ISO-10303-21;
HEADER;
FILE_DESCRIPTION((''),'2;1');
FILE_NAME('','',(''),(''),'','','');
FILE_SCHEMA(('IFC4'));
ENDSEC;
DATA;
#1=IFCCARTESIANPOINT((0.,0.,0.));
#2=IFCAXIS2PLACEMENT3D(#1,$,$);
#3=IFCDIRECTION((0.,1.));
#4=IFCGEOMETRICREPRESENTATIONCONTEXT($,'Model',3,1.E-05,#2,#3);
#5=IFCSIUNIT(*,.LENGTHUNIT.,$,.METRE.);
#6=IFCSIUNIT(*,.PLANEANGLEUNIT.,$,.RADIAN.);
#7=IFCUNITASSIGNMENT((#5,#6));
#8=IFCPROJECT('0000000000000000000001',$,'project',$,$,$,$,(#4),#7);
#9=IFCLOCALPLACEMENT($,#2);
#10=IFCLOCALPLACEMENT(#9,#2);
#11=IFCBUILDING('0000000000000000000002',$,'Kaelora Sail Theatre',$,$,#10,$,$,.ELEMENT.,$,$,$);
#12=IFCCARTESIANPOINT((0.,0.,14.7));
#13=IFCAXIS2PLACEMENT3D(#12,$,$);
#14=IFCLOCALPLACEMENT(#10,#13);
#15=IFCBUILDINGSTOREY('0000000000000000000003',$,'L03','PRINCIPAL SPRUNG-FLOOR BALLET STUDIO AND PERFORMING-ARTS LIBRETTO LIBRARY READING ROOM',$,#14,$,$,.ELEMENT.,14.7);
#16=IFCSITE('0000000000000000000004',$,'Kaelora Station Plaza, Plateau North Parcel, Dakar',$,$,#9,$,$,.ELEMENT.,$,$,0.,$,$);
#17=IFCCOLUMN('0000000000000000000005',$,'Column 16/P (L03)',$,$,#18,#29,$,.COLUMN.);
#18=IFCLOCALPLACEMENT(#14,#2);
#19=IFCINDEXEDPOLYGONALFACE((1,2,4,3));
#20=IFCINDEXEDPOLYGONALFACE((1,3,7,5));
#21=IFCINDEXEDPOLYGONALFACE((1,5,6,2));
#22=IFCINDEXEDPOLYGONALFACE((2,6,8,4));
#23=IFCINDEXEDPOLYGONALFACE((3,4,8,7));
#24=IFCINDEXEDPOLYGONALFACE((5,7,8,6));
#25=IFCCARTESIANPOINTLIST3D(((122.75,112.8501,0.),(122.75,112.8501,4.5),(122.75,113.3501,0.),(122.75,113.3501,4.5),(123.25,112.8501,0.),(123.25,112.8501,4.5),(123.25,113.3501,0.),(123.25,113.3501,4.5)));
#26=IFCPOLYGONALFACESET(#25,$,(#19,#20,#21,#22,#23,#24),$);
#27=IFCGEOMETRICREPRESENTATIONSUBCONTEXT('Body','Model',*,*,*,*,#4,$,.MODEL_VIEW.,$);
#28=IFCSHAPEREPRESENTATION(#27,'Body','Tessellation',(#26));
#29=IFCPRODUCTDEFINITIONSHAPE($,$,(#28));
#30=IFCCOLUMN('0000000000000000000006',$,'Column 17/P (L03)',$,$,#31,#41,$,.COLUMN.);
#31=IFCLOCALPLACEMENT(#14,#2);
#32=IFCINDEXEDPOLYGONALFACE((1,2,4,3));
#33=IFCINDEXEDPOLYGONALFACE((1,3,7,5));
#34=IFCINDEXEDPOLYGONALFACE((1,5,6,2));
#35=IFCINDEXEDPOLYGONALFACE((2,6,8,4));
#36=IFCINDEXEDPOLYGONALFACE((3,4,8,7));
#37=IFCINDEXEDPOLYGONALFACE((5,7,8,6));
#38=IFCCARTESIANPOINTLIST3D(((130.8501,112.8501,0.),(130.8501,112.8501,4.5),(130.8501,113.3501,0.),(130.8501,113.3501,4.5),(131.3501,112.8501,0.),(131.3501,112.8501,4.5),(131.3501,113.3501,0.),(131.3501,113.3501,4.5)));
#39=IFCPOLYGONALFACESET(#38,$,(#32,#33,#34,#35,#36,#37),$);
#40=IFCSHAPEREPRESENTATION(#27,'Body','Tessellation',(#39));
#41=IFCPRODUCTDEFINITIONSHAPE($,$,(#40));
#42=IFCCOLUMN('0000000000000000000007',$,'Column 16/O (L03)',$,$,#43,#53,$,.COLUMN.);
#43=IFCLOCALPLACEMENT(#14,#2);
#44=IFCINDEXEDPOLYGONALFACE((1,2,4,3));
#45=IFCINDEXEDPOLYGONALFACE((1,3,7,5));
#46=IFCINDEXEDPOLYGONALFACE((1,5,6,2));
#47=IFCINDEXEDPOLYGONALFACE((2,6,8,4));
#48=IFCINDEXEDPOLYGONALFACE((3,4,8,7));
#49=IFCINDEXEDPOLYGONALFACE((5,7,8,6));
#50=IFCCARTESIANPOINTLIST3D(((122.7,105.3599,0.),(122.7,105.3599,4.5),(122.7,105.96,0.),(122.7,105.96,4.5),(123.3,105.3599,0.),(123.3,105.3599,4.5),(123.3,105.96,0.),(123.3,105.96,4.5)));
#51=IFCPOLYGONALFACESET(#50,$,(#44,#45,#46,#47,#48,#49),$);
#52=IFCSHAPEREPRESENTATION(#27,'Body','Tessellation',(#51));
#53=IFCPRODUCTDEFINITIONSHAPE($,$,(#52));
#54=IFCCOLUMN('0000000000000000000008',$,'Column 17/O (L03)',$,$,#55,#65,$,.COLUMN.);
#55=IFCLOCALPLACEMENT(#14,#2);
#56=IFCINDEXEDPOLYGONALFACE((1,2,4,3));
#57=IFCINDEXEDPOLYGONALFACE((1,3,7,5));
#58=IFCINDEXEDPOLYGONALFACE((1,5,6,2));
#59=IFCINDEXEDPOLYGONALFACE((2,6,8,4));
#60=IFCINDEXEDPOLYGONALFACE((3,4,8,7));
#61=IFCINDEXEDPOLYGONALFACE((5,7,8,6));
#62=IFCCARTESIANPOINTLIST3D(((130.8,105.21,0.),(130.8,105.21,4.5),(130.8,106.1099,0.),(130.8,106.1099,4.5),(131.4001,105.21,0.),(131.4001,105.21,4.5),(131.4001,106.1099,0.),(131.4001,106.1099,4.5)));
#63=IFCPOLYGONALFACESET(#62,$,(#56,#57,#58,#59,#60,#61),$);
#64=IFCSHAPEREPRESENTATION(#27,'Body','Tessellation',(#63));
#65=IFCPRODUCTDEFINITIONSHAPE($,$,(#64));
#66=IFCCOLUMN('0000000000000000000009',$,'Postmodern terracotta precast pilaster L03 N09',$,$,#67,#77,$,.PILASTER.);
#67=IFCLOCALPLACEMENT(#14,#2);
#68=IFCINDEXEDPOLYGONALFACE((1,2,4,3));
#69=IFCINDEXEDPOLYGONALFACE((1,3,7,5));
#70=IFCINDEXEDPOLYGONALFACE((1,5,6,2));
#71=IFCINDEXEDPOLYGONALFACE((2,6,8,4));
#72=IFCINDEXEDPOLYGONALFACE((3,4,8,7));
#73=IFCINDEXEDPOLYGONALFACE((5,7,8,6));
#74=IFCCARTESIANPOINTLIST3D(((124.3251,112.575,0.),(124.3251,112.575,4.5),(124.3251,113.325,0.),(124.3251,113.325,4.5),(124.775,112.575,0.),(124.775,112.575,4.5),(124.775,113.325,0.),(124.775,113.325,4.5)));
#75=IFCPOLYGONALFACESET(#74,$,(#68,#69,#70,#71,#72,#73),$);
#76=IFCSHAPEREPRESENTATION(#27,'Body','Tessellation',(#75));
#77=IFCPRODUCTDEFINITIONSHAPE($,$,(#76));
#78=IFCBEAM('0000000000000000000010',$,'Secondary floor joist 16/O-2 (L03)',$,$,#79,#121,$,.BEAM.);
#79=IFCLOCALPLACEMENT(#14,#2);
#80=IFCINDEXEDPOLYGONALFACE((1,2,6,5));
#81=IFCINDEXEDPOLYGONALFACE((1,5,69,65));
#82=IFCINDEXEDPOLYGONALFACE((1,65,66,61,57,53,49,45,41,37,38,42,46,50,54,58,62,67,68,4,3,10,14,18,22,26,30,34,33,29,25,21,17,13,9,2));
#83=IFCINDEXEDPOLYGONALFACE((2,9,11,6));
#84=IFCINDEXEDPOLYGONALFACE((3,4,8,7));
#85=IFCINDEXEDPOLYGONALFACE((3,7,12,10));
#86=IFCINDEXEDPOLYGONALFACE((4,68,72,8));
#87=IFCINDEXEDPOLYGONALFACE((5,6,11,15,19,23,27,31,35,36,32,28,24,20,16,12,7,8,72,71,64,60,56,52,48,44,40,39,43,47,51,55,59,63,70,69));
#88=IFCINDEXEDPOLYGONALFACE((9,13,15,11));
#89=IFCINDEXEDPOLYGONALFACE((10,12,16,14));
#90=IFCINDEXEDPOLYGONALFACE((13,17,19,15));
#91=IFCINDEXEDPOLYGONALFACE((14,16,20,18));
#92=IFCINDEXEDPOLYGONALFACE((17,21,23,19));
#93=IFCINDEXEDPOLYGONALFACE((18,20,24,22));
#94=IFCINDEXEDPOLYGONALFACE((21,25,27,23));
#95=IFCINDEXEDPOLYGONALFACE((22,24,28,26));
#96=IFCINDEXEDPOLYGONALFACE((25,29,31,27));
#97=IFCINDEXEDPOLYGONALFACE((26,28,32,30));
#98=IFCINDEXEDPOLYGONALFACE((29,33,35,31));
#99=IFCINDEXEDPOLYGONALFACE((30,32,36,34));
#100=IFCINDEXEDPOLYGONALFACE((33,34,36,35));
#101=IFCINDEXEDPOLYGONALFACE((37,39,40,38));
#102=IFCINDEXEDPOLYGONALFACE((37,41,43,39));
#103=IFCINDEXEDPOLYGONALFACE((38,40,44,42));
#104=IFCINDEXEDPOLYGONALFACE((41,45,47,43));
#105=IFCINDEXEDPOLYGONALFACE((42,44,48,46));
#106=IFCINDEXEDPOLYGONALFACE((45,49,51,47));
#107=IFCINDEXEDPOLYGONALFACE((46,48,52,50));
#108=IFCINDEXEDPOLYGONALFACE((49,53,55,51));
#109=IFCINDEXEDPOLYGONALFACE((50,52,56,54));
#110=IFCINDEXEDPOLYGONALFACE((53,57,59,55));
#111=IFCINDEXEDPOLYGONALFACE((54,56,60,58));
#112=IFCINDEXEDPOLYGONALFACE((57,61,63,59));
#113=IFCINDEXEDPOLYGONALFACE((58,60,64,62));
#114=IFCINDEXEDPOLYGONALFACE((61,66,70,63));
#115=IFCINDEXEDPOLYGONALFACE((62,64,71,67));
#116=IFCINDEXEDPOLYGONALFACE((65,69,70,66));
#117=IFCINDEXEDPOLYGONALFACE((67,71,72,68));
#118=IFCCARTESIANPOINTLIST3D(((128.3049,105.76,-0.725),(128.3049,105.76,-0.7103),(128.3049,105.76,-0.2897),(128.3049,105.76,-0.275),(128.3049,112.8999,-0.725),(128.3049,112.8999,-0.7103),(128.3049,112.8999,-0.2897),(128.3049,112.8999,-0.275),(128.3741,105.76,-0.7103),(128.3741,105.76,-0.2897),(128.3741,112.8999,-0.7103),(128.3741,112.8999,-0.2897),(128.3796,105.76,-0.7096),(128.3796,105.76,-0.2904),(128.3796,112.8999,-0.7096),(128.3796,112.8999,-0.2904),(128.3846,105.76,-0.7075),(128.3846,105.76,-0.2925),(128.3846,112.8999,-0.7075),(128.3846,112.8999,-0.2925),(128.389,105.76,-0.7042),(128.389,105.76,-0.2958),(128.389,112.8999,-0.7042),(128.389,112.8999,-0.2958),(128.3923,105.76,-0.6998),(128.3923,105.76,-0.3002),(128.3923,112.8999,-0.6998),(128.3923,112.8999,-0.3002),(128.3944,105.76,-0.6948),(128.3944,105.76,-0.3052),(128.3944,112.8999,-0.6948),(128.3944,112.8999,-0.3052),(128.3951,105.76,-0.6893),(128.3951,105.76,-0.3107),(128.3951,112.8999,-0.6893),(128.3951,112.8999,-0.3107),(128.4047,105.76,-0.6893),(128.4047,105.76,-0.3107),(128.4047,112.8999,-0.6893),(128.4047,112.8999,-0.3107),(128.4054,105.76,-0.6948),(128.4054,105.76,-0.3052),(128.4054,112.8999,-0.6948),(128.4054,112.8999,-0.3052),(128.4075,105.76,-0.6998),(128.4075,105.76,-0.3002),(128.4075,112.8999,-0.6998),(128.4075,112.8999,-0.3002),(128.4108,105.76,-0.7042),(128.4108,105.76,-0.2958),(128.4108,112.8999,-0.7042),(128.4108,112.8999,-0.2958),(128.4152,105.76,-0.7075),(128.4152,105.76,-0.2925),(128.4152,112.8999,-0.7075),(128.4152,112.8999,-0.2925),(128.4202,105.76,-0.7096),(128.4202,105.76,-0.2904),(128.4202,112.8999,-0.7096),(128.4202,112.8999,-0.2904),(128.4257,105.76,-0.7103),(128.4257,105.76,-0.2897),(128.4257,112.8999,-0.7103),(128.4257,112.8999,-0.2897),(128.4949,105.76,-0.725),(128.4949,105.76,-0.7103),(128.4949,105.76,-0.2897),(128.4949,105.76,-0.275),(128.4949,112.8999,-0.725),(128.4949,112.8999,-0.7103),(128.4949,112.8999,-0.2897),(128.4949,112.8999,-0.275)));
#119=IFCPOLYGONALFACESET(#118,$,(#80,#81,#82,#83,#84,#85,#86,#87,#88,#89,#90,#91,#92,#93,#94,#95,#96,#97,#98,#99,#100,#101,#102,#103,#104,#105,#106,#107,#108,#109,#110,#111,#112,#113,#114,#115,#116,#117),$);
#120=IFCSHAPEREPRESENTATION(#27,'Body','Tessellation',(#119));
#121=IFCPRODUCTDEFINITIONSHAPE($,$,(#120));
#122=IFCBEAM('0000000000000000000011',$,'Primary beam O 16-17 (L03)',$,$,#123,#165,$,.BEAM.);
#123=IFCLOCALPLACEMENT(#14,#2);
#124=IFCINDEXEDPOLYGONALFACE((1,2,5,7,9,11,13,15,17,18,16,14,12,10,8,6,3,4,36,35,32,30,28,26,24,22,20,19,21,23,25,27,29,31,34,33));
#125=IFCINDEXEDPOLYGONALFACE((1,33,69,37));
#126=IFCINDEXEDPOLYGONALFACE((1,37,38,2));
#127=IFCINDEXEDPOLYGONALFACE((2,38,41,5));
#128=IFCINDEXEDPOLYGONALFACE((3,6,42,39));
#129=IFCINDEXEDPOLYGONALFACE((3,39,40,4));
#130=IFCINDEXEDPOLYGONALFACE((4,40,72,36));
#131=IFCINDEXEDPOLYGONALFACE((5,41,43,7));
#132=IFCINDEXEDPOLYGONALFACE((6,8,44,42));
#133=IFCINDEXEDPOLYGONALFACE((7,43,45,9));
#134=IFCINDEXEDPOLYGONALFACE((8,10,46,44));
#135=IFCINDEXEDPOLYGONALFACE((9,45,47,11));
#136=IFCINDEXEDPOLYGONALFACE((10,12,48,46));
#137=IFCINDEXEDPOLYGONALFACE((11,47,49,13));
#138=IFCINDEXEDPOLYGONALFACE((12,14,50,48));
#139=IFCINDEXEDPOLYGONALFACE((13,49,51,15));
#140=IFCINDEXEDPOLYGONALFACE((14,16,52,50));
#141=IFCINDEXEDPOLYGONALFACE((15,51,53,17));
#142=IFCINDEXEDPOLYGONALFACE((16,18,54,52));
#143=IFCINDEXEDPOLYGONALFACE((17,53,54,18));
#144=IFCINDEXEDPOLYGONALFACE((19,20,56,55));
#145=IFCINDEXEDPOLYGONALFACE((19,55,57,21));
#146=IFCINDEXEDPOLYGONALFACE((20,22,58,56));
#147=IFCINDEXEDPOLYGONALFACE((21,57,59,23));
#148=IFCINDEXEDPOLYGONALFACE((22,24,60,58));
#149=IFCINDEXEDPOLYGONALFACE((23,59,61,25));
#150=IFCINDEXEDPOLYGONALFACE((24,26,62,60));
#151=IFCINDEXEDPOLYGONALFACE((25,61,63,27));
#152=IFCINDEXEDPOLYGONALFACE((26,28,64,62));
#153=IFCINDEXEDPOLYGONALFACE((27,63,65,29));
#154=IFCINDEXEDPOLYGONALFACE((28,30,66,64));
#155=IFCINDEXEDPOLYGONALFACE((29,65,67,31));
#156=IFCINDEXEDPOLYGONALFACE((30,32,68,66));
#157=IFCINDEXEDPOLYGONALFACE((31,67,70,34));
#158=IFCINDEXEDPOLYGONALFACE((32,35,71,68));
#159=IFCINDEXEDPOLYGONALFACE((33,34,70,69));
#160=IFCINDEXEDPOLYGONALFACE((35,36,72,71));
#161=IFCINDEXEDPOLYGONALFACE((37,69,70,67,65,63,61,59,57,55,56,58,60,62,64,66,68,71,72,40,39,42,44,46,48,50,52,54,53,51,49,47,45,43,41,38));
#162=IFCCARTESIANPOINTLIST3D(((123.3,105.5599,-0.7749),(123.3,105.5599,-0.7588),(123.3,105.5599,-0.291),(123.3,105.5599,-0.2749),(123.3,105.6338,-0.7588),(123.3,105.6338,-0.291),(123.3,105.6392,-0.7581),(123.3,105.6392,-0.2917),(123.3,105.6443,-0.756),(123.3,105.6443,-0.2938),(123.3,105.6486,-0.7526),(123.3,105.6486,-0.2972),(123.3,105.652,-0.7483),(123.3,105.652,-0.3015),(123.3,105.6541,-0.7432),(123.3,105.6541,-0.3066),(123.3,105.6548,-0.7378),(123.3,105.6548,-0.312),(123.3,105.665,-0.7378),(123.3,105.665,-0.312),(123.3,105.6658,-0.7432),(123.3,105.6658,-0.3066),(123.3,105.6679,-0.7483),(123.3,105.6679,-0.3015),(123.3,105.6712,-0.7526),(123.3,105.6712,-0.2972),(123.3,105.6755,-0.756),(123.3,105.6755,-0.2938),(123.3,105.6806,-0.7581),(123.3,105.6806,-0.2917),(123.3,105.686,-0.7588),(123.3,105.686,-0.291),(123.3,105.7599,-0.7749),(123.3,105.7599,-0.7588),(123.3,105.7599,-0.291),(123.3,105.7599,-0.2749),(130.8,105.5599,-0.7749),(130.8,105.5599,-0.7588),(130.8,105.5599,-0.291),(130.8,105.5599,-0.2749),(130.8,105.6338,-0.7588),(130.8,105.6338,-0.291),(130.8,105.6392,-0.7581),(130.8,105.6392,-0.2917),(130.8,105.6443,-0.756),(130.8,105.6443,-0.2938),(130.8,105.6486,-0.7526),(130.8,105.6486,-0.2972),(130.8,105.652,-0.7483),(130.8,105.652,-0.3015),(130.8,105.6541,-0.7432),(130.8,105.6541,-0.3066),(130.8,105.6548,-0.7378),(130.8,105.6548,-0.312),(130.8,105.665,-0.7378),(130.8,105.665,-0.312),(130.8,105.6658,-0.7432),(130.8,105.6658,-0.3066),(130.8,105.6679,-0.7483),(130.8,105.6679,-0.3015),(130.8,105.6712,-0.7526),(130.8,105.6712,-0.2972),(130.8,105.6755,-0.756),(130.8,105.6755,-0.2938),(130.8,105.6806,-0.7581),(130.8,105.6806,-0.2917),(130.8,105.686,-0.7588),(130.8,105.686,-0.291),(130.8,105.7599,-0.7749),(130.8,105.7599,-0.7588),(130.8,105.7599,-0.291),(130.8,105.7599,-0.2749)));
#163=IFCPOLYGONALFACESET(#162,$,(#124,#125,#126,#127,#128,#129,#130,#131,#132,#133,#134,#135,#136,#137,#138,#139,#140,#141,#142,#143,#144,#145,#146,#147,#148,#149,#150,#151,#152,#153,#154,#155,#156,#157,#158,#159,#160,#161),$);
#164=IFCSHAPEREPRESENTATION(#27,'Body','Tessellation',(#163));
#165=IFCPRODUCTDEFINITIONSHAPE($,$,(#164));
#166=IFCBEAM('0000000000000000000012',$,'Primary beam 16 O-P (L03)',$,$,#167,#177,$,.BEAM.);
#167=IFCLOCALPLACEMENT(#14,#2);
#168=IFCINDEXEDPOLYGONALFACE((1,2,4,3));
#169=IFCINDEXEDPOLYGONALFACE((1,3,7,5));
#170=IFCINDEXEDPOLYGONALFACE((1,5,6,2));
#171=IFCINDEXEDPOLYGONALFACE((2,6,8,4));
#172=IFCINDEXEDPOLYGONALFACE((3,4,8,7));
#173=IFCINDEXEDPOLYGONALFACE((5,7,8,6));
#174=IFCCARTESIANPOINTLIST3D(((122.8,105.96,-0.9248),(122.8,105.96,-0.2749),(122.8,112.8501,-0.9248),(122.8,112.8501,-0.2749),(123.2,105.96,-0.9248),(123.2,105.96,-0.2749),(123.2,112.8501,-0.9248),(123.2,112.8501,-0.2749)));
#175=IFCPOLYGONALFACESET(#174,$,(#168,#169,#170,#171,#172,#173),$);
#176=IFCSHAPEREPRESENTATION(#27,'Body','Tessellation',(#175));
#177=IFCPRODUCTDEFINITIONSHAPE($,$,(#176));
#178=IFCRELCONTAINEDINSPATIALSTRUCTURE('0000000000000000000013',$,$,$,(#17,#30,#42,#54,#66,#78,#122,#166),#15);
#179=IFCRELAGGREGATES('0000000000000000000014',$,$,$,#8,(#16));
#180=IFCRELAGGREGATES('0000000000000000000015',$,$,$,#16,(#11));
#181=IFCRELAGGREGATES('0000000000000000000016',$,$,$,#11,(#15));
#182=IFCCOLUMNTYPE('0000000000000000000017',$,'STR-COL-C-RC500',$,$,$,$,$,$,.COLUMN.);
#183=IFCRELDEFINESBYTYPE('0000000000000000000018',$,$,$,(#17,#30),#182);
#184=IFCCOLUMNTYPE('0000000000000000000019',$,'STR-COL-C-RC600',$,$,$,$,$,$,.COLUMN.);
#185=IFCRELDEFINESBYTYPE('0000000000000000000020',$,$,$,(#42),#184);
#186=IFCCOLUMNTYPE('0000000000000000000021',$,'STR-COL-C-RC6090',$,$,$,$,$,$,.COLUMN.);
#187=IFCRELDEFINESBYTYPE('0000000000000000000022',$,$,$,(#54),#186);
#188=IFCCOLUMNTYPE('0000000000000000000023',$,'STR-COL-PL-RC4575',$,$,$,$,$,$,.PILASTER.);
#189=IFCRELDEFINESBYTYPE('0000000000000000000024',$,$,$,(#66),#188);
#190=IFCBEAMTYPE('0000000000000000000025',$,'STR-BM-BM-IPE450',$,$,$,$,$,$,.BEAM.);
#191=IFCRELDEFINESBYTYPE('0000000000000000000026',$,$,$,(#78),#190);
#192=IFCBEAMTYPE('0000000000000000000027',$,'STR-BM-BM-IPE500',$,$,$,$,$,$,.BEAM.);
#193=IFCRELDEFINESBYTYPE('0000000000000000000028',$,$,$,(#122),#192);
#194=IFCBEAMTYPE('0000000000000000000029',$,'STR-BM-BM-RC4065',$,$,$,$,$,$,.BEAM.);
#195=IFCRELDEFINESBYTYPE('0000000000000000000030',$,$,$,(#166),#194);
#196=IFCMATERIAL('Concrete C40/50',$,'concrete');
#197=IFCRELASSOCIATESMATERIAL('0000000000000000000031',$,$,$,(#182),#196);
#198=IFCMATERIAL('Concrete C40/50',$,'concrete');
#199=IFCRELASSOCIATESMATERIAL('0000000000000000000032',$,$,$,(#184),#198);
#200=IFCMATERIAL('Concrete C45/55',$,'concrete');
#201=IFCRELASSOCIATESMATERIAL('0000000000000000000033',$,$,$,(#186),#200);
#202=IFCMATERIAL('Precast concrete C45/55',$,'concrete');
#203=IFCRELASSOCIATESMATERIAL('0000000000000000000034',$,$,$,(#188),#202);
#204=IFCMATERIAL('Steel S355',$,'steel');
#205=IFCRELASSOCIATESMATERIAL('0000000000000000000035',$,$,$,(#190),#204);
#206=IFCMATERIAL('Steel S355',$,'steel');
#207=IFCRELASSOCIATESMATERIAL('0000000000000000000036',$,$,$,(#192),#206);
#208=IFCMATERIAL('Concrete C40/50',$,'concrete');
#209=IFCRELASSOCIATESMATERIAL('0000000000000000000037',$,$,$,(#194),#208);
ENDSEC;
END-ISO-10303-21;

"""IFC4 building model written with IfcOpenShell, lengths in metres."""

from ifc_helpers import new_model, si_unit, direction, frame, origin, origin_2d, place, context, subcontext, project, spatial, rectangle, i_section, extrude, material, material_profile, profile_set, type_object, element, save


model = new_model("IFC4")

# Units and contexts
model_context = context("Model", 3, precision=1e-05, world=origin(), true_north=direction((0.0, 1.0)))
body_context = subcontext(model_context, "Body", "Model", "MODEL_VIEW")
ifc_project = project(units=[si_unit("LENGTHUNIT", "METRE"), si_unit("PLANEANGLEUNIT", "RADIAN")], contexts=[model_context])

# Site, building, storey
site_placement = place(None, origin())
site = spatial("IfcSite", under=ifc_project, at=site_placement, Name="Kaelora Station Plaza, Plateau North Parcel, Dakar", CompositionType="ELEMENT", RefElevation=0.0)
building_placement = place(site_placement, origin())
building = spatial("IfcBuilding", under=site, at=building_placement, Name="Kaelora Sail Theatre", CompositionType="ELEMENT")
storey_placement = place(building_placement, frame((0.0, 0.0, 14.7)))
storey = spatial("IfcBuildingStorey", under=building, at=storey_placement, Name="L03", Description="PRINCIPAL SPRUNG-FLOOR BALLET STUDIO AND PERFORMING-ARTS LIBRETTO LIBRARY READING ROOM", CompositionType="ELEMENT", Elevation=14.7)

# Columns
ifc_material_1 = material(Name="Concrete C40/50", Category="concrete")
ifc_material_profile_1 = material_profile(ifc_material_1, rectangle(XDim=0.5, YDim=0.5, at=origin_2d()), Name="RC-COL 500x500")
ifc_profile_set_1 = profile_set([ifc_material_profile_1], Name="Concrete C40/50")
column_type_1 = type_object("IfcColumnType", Name="STR-COL-C-RC500", PredefinedType="COLUMN", material=ifc_profile_set_1)
for number, where, z_axis, x_axis, name in (
    (1, (123.0, 113.1001, 0.0), (0.0, 0.0, 1.0), (1.0, 0.0, 0.0), "Column 16/P (L03)"),
    (2, (131.1001, 113.1001, 0.0), (0.0, 0.0, 1.0), (1.0, 0.0, 0.0), "Column 17/P (L03)"),
):
    element("IfcColumn", number, at=place(storey_placement, frame(where, z_axis=z_axis, x_axis=x_axis)), inside=storey, type_object=column_type_1, Name=name, PredefinedType="COLUMN", context=body_context, shape_type="SweptSolid", body=[
        extrude(rectangle(XDim=0.5, YDim=0.5, at=origin_2d()), origin(), (0.0, 0.0, 1.0), 4.5),
    ])
ifc_material_2 = material(Name="Concrete C40/50", Category="concrete")
ifc_material_profile_2 = material_profile(ifc_material_2, rectangle(XDim=0.6001, YDim=0.6001, at=origin_2d()), Name="RC-COL 600x600")
ifc_profile_set_2 = profile_set([ifc_material_profile_2], Name="Concrete C40/50")
column_type_2 = type_object("IfcColumnType", Name="STR-COL-C-RC600", PredefinedType="COLUMN", material=ifc_profile_set_2)
column_1_placement = place(storey_placement, frame((123.0, 105.6599, 0.0), z_axis=(0.0, 0.0, 1.0), x_axis=(1.0, 0.0, 0.0)))
element("IfcColumn", 3, at=column_1_placement, inside=storey, type_object=column_type_2, Name="Column 16/O (L03)", PredefinedType="COLUMN", context=body_context, shape_type="SweptSolid", body=[
    extrude(rectangle(XDim=0.6001, YDim=0.6001, at=origin_2d()), origin(), (0.0, 0.0, 1.0), 4.5),
])
ifc_material_3 = material(Name="Concrete C45/55", Category="concrete")
ifc_material_profile_3 = material_profile(ifc_material_3, rectangle(XDim=0.6001, YDim=0.8999, at=origin_2d()), Name="RC-COL 600x900")
ifc_profile_set_3 = profile_set([ifc_material_profile_3], Name="Concrete C45/55")
column_type_3 = type_object("IfcColumnType", Name="STR-COL-C-RC6090", PredefinedType="COLUMN", material=ifc_profile_set_3)
column_2_placement = place(storey_placement, frame((131.1001, 105.6599, 0.0), z_axis=(0.0, 0.0, 1.0), x_axis=(1.0, 0.0, 0.0)))
element("IfcColumn", 4, at=column_2_placement, inside=storey, type_object=column_type_3, Name="Column 17/O (L03)", PredefinedType="COLUMN", context=body_context, shape_type="SweptSolid", body=[
    extrude(rectangle(XDim=0.6001, YDim=0.8999, at=origin_2d()), origin(), (0.0, 0.0, 1.0), 4.5),
])
ifc_material_4 = material(Name="Precast concrete C45/55", Category="concrete")
ifc_material_profile_4 = material_profile(ifc_material_4, rectangle(XDim=0.45, YDim=0.75, at=origin_2d()), Name="RC-PIL 450x750")
ifc_profile_set_4 = profile_set([ifc_material_profile_4], Name="Precast concrete C45/55")
column_type_4 = type_object("IfcColumnType", Name="STR-COL-PL-RC4575", PredefinedType="PILASTER", material=ifc_profile_set_4)
column_3_placement = place(storey_placement, frame((124.55, 112.95, 0.0), z_axis=(0.0, 0.0, 1.0), x_axis=(1.0, 0.0, 0.0)))
element("IfcColumn", 5, at=column_3_placement, inside=storey, type_object=column_type_4, Name="Postmodern terracotta precast pilaster L03 N09", PredefinedType="PILASTER", context=body_context, shape_type="SweptSolid", body=[
    extrude(rectangle(XDim=0.45, YDim=0.75, at=origin_2d()), origin(), (0.0, 0.0, 1.0), 4.5),
])

# Beams
ifc_material_5 = material(Name="Steel S355", Category="steel")
ifc_material_profile_5 = material_profile(ifc_material_5, i_section(OverallWidth=0.1899, OverallDepth=0.45, WebThickness=0.0095, FlangeThickness=0.0146, FilletRadius=0.021, at=origin_2d()), Name="IPE 450")
ifc_profile_set_5 = profile_set([ifc_material_profile_5], Name="Steel S355")
beam_type_1 = type_object("IfcBeamType", Name="STR-BM-BM-IPE450", PredefinedType="BEAM", material=ifc_profile_set_5)
beam_1_placement = place(storey_placement, frame((128.3999, 105.76, -0.5), z_axis=(0.0, 1.0, 0.0), x_axis=(-1.0, 0.0, 0.0)))
element("IfcBeam", 6, at=beam_1_placement, inside=storey, type_object=beam_type_1, Name="Secondary floor joist 16/O-2 (L03)", PredefinedType="BEAM", context=body_context, shape_type="SweptSolid", body=[
    extrude(i_section(OverallWidth=0.1899, OverallDepth=0.45, WebThickness=0.0095, FlangeThickness=0.0146, FilletRadius=0.021, at=origin_2d()), origin(), (0.0, 0.0, 1.0), 7.1399),
])
ifc_material_6 = material(Name="Steel S355", Category="steel")
ifc_material_profile_6 = material_profile(ifc_material_6, i_section(OverallWidth=0.2, OverallDepth=0.5, WebThickness=0.0103, FlangeThickness=0.0161, FilletRadius=0.021, at=origin_2d()), Name="IPE 500")
ifc_profile_set_6 = profile_set([ifc_material_profile_6], Name="Steel S355")
beam_type_2 = type_object("IfcBeamType", Name="STR-BM-BM-IPE500", PredefinedType="BEAM", material=ifc_profile_set_6)
beam_2_placement = place(storey_placement, frame((123.3, 105.6599, -0.5249), z_axis=(1.0, 0.0, 0.0), x_axis=(0.0, 1.0, 0.0)))
element("IfcBeam", 7, at=beam_2_placement, inside=storey, type_object=beam_type_2, Name="Primary beam O 16-17 (L03)", PredefinedType="BEAM", context=body_context, shape_type="SweptSolid", body=[
    extrude(i_section(OverallWidth=0.2, OverallDepth=0.5, WebThickness=0.0103, FlangeThickness=0.0161, FilletRadius=0.021, at=origin_2d()), origin(), (0.0, 0.0, 1.0), 7.5),
])
ifc_material_7 = material(Name="Concrete C40/50", Category="concrete")
ifc_material_profile_7 = material_profile(ifc_material_7, rectangle(XDim=0.3999, YDim=0.6499, at=origin_2d()), Name="RC-BM 400x650")
ifc_profile_set_7 = profile_set([ifc_material_profile_7], Name="Concrete C40/50")
beam_type_3 = type_object("IfcBeamType", Name="STR-BM-BM-RC4065", PredefinedType="BEAM", material=ifc_profile_set_7)
beam_3_placement = place(storey_placement, frame((123.0, 105.96, -0.5999), z_axis=(0.0, 1.0, 0.0), x_axis=(-1.0, 0.0, 0.0)))
element("IfcBeam", 8, at=beam_3_placement, inside=storey, type_object=beam_type_3, Name="Primary beam 16 O-P (L03)", PredefinedType="BEAM", context=body_context, shape_type="SweptSolid", body=[
    extrude(rectangle(XDim=0.3999, YDim=0.6499, at=origin_2d()), origin(), (0.0, 0.0, 1.0), 6.8901),
])

save(model, "model.ifc")
